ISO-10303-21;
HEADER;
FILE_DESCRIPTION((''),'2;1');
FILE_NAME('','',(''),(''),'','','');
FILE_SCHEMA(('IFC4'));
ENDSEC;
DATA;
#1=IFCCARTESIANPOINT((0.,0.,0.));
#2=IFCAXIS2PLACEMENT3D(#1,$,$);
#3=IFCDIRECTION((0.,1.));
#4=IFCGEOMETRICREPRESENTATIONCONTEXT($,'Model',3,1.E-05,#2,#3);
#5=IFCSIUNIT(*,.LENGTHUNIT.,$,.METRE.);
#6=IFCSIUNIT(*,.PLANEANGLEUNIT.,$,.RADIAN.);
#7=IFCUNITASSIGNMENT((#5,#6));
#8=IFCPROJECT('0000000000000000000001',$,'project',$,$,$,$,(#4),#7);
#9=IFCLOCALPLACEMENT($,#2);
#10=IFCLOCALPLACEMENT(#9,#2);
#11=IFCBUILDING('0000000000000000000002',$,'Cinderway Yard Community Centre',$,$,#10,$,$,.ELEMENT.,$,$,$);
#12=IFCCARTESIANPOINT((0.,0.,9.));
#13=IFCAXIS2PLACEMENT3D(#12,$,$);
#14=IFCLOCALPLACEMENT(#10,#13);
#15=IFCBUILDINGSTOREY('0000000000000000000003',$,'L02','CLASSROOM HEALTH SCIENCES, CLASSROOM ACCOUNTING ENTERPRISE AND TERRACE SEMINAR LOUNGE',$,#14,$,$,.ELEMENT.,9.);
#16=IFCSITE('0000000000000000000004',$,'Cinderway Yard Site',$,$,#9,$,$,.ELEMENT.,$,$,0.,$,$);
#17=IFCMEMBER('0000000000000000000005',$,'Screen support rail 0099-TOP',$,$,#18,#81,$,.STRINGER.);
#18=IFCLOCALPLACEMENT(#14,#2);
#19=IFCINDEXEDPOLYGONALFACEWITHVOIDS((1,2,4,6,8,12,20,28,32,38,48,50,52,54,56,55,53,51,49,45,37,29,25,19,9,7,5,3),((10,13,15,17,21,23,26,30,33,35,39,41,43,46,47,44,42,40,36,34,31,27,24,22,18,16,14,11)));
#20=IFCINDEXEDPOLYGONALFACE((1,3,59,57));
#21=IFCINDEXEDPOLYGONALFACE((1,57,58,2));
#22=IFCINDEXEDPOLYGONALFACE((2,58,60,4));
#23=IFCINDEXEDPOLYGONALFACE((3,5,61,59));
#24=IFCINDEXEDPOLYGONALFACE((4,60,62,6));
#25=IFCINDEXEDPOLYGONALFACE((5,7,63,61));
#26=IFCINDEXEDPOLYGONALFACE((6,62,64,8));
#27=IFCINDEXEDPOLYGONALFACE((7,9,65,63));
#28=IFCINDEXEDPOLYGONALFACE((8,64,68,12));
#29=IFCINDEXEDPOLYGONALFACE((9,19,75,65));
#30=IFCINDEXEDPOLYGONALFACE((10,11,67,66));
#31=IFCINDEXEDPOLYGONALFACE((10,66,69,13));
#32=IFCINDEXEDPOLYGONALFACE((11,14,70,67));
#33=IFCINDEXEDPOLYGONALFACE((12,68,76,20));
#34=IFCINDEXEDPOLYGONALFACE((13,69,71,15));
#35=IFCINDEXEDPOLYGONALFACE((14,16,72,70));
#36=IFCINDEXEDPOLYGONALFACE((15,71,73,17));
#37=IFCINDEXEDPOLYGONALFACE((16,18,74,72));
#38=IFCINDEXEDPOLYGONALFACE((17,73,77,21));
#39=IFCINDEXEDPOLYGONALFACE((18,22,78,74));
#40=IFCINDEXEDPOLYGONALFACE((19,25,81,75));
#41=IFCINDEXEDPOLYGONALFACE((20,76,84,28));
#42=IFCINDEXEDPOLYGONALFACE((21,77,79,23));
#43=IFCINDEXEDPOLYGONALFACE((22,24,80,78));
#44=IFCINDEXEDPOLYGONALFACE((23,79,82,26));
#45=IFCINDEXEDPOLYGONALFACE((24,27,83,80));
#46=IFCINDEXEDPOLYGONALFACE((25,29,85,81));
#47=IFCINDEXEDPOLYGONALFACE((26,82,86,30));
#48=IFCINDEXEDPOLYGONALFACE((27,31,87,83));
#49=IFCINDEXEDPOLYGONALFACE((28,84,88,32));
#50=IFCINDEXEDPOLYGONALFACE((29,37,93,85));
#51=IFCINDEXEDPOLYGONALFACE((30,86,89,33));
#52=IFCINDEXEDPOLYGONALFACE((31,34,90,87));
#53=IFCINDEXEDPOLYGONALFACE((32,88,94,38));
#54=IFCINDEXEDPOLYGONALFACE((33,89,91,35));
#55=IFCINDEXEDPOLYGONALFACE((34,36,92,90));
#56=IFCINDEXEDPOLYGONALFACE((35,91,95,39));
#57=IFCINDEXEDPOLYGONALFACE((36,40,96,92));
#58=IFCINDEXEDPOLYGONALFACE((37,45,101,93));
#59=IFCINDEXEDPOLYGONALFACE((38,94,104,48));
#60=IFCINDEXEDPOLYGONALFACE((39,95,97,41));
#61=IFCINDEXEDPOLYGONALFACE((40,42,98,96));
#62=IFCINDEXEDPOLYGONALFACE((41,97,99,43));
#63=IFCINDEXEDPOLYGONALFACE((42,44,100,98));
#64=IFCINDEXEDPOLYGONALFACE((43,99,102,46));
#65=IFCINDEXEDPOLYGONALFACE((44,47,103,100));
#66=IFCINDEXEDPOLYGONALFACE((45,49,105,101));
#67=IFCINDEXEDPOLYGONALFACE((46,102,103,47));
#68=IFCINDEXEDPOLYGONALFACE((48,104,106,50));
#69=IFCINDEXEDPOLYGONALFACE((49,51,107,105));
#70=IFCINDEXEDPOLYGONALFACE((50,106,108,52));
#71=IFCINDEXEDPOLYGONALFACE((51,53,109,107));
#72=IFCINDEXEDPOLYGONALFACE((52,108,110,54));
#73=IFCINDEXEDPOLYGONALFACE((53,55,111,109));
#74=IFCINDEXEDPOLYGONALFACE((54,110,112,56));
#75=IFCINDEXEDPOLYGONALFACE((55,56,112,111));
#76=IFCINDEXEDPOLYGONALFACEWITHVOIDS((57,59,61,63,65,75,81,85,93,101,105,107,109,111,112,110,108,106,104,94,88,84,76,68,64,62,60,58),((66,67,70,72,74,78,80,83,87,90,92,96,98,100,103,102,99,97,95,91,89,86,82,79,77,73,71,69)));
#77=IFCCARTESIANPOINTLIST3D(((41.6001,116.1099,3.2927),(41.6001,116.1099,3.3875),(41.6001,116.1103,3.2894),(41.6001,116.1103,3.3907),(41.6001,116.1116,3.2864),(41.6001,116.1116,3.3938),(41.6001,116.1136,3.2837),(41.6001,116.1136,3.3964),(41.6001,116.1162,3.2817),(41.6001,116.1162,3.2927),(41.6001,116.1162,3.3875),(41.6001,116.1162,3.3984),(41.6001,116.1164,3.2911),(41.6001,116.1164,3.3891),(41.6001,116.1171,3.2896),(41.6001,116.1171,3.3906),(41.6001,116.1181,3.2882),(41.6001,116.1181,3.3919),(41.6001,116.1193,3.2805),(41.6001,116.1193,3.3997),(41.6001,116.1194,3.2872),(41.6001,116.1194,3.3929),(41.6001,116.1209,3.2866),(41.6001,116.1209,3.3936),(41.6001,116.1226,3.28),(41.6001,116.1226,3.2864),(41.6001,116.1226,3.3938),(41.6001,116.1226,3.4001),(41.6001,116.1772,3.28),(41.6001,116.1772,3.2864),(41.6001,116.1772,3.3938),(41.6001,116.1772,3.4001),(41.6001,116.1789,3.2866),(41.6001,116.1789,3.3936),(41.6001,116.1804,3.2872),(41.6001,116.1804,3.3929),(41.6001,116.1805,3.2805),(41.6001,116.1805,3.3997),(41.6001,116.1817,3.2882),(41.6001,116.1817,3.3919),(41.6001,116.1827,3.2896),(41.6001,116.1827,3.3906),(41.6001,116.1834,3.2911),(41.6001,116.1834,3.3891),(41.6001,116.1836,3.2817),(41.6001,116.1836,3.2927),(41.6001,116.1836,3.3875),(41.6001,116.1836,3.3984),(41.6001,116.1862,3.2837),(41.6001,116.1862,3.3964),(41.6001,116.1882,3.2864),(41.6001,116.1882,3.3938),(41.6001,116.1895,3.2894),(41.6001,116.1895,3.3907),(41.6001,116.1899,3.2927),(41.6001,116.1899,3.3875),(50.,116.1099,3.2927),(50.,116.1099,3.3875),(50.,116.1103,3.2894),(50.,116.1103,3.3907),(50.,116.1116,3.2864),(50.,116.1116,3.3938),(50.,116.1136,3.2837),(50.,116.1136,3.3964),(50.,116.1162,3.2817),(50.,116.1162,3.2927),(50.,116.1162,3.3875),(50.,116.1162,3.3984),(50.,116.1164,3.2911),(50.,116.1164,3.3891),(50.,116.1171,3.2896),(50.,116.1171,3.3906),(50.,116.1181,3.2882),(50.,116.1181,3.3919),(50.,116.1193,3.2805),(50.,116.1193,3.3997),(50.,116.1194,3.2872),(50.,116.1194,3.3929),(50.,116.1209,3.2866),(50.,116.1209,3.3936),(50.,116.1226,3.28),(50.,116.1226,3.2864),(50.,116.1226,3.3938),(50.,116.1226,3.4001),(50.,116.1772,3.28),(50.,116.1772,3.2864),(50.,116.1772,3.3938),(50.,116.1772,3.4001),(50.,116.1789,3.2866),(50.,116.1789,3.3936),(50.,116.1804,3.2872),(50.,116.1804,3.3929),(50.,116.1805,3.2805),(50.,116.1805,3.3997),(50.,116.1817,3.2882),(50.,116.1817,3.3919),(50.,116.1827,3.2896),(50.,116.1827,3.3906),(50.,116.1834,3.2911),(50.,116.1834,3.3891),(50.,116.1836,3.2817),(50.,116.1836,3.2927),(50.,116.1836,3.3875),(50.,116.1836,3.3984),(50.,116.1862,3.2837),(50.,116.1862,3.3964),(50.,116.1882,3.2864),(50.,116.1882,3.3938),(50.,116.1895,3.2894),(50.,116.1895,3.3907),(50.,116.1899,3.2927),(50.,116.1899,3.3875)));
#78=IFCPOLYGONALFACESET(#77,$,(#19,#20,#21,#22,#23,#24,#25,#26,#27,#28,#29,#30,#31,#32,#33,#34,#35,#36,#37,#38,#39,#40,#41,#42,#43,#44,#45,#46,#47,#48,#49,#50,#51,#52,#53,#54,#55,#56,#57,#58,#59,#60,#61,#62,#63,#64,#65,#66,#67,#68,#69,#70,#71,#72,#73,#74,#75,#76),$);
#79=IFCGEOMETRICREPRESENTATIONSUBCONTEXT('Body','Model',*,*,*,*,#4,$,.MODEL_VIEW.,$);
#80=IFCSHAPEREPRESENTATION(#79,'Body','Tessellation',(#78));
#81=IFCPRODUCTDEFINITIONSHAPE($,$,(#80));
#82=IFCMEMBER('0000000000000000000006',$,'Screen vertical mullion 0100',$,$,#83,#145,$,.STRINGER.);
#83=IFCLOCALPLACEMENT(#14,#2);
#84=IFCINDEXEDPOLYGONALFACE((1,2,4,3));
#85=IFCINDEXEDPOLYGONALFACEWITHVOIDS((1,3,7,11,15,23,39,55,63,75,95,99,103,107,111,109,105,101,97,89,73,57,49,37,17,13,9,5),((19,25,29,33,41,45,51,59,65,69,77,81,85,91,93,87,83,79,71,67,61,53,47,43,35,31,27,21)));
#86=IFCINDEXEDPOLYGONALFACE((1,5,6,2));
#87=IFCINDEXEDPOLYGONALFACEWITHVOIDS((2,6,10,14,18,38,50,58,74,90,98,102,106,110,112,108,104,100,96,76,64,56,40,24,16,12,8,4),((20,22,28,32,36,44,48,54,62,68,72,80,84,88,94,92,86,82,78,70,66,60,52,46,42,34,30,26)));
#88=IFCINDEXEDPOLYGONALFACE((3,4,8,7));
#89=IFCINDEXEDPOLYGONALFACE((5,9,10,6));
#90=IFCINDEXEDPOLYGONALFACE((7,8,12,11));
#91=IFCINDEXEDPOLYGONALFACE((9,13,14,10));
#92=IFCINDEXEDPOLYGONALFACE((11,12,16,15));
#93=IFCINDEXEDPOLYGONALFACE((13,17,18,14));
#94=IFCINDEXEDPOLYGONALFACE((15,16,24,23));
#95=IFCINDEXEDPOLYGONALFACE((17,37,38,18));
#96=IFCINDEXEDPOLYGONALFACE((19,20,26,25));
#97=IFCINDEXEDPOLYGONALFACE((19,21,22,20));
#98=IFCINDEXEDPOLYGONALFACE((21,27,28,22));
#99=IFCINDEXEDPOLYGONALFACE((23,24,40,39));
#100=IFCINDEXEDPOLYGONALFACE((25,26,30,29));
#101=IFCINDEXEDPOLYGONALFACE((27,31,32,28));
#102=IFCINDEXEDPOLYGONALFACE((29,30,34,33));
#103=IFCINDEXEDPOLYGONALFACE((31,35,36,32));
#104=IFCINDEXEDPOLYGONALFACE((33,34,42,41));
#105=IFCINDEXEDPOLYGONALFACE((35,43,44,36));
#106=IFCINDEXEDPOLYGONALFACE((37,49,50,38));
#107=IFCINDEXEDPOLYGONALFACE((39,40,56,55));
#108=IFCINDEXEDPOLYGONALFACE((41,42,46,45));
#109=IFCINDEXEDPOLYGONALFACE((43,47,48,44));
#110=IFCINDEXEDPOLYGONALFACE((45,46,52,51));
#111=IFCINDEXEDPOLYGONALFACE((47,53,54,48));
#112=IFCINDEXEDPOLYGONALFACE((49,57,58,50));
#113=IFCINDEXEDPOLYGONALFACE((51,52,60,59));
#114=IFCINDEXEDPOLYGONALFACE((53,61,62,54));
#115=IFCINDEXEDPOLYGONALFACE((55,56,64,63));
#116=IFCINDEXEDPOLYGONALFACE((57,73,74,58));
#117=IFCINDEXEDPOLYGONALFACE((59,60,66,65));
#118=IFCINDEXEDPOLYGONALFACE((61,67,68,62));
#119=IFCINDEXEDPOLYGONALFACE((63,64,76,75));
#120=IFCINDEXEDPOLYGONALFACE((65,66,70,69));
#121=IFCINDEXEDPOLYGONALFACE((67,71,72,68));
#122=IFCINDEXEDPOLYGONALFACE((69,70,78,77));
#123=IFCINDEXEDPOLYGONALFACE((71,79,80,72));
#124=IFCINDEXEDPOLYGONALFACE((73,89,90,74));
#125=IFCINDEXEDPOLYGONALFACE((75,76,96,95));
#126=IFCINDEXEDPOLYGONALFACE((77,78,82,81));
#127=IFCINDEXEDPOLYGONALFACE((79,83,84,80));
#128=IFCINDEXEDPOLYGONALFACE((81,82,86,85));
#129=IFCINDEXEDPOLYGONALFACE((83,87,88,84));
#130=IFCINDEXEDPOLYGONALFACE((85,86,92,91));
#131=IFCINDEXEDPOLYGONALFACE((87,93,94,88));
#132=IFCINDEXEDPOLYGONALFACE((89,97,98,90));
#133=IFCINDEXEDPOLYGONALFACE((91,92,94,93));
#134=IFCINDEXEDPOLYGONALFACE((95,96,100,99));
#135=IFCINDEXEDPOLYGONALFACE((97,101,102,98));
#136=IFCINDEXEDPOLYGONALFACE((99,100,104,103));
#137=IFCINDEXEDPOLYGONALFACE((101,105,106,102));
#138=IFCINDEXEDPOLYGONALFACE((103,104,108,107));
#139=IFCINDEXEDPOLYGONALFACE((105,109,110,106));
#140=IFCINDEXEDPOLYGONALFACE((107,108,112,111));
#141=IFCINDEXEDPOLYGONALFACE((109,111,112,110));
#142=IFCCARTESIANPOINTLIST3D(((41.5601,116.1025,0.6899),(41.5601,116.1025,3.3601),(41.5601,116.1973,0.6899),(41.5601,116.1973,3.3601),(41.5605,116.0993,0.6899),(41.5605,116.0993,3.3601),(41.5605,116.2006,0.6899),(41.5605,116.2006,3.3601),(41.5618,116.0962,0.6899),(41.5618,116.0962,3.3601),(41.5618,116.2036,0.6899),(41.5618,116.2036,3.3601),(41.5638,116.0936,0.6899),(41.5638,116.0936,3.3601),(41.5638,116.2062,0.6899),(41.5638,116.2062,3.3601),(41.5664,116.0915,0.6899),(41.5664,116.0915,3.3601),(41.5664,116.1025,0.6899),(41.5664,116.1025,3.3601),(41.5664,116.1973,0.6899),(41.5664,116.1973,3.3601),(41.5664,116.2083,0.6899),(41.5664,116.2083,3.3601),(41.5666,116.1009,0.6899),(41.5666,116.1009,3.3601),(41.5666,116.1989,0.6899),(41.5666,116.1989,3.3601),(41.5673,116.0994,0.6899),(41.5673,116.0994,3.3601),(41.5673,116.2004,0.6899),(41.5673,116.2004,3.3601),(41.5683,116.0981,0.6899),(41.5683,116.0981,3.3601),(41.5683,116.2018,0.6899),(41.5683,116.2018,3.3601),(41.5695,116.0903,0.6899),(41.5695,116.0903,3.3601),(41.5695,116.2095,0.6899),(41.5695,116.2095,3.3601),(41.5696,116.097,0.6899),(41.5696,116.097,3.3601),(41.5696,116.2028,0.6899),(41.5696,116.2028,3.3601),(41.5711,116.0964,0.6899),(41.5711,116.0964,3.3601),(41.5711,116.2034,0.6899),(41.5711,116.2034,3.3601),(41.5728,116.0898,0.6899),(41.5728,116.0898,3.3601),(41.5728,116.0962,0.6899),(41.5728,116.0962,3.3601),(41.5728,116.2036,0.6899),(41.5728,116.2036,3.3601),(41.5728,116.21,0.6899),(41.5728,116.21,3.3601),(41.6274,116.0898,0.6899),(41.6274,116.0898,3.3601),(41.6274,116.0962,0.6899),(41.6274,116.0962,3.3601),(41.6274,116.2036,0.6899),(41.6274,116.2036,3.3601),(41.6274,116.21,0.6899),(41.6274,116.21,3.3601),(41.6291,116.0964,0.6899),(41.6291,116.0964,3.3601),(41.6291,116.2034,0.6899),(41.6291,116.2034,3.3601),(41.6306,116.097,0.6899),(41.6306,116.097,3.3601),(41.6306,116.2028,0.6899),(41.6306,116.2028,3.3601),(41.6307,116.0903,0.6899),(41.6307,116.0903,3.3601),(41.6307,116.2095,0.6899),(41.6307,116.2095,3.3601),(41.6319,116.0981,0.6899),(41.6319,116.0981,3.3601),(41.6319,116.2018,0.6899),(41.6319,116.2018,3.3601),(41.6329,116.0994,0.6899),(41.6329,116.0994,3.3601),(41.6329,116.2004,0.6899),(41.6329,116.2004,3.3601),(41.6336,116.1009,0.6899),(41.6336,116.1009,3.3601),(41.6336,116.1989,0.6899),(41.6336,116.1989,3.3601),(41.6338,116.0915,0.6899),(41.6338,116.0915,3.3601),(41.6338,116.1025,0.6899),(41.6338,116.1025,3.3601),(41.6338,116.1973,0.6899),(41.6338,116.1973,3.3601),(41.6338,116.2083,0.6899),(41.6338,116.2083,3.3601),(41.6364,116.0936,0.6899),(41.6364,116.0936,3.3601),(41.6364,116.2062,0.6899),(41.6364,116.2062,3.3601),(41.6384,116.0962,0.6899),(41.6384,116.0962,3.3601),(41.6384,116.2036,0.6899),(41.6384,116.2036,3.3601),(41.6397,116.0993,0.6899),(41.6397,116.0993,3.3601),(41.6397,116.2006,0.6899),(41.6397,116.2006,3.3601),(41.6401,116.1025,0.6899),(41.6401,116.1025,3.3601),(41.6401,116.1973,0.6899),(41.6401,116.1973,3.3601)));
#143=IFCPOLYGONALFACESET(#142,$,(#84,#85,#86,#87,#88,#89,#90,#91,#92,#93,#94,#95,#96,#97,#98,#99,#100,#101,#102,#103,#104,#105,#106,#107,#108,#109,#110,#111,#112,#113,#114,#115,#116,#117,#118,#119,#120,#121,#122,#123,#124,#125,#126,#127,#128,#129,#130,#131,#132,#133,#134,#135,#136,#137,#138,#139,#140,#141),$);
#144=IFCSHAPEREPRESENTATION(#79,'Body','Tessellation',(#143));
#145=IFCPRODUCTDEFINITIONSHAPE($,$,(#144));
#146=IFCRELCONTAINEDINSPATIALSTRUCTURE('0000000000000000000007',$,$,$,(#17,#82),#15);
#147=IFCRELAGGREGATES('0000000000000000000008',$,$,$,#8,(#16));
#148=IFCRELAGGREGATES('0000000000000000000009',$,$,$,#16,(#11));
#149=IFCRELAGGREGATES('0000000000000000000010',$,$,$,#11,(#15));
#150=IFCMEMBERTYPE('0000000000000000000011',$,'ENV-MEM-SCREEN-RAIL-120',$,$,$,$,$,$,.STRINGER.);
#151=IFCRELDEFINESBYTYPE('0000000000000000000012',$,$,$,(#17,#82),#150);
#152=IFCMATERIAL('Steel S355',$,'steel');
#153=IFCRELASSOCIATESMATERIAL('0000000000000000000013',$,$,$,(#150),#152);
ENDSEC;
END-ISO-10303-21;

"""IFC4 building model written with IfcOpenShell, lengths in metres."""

from ifc_helpers import new_model, si_unit, direction, frame, origin, origin_2d, place, context, subcontext, project, spatial, hollow_rectangle, extrude, material, material_profile, profile_set, type_object, element, save


model = new_model("IFC4")

# Units and contexts
model_context = context("Model", 3, precision=1e-05, world=origin(), true_north=direction((0.0, 1.0)))
body_context = subcontext(model_context, "Body", "Model", "MODEL_VIEW")
ifc_project = project(units=[si_unit("LENGTHUNIT", "METRE"), si_unit("PLANEANGLEUNIT", "RADIAN")], contexts=[model_context])

# Site, building, storey
site_placement = place(None, origin())
site = spatial("IfcSite", under=ifc_project, at=site_placement, Name="Cinderway Yard Site", CompositionType="ELEMENT", RefElevation=0.0)
building_placement = place(site_placement, origin())
building = spatial("IfcBuilding", under=site, at=building_placement, Name="Cinderway Yard Community Centre", CompositionType="ELEMENT")
storey_placement = place(building_placement, frame((0.0, 0.0, 9.0)))
storey = spatial("IfcBuildingStorey", under=building, at=storey_placement, Name="L02", Description="CLASSROOM HEALTH SCIENCES, CLASSROOM ACCOUNTING ENTERPRISE AND TERRACE SEMINAR LOUNGE", CompositionType="ELEMENT", Elevation=9.0)

# Members
ifc_material_1 = material(Name="Steel S355", Category="steel")
ifc_material_profile_1 = material_profile(ifc_material_1, hollow_rectangle(XDim=0.0801, YDim=0.1201, WallThickness=0.0063, InnerFilletRadius=0.0063, OuterFilletRadius=0.0127, at=origin_2d()), Name="Steel S355")
ifc_profile_set_1 = profile_set([ifc_material_profile_1], Name="Steel S355")
member_type_1 = type_object("IfcMemberType", Name="ENV-MEM-SCREEN-RAIL-120", PredefinedType="STRINGER", material=ifc_profile_set_1)
for number, where, z_axis, x_axis, name in (
    (1, (41.6001, 116.1499, 3.3401), (1.0, 0.0, 0.0), (0.0, 1.0, 0.0), "Screen support rail 0099-TOP"),
):
    element("IfcMember", number, at=place(storey_placement, frame(where, z_axis=z_axis, x_axis=x_axis)), inside=storey, type_object=member_type_1, Name=name, PredefinedType="STRINGER", context=body_context, shape_type="SweptSolid", body=[
        extrude(hollow_rectangle(XDim=0.0801, YDim=0.1201, WallThickness=0.0063, InnerFilletRadius=0.0063, OuterFilletRadius=0.0127, at=origin_2d()), origin(), (0.0, 0.0, 1.0), 8.3999),
    ])
for number, where, z_axis, x_axis, name in (
    (2, (41.6001, 116.1499, 0.6899), (0.0, 0.0, 1.0), (1.0, 0.0, 0.0), "Screen vertical mullion 0100"),
):
    element("IfcMember", number, at=place(storey_placement, frame(where, z_axis=z_axis, x_axis=x_axis)), inside=storey, type_object=member_type_1, Name=name, PredefinedType="STRINGER", context=body_context, shape_type="SweptSolid", body=[
        extrude(hollow_rectangle(XDim=0.0801, YDim=0.1201, WallThickness=0.0063, InnerFilletRadius=0.0063, OuterFilletRadius=0.0127, at=origin_2d()), origin(), (0.0, 0.0, 1.0), 2.6702),
    ])

save(model, "model.ifc")
